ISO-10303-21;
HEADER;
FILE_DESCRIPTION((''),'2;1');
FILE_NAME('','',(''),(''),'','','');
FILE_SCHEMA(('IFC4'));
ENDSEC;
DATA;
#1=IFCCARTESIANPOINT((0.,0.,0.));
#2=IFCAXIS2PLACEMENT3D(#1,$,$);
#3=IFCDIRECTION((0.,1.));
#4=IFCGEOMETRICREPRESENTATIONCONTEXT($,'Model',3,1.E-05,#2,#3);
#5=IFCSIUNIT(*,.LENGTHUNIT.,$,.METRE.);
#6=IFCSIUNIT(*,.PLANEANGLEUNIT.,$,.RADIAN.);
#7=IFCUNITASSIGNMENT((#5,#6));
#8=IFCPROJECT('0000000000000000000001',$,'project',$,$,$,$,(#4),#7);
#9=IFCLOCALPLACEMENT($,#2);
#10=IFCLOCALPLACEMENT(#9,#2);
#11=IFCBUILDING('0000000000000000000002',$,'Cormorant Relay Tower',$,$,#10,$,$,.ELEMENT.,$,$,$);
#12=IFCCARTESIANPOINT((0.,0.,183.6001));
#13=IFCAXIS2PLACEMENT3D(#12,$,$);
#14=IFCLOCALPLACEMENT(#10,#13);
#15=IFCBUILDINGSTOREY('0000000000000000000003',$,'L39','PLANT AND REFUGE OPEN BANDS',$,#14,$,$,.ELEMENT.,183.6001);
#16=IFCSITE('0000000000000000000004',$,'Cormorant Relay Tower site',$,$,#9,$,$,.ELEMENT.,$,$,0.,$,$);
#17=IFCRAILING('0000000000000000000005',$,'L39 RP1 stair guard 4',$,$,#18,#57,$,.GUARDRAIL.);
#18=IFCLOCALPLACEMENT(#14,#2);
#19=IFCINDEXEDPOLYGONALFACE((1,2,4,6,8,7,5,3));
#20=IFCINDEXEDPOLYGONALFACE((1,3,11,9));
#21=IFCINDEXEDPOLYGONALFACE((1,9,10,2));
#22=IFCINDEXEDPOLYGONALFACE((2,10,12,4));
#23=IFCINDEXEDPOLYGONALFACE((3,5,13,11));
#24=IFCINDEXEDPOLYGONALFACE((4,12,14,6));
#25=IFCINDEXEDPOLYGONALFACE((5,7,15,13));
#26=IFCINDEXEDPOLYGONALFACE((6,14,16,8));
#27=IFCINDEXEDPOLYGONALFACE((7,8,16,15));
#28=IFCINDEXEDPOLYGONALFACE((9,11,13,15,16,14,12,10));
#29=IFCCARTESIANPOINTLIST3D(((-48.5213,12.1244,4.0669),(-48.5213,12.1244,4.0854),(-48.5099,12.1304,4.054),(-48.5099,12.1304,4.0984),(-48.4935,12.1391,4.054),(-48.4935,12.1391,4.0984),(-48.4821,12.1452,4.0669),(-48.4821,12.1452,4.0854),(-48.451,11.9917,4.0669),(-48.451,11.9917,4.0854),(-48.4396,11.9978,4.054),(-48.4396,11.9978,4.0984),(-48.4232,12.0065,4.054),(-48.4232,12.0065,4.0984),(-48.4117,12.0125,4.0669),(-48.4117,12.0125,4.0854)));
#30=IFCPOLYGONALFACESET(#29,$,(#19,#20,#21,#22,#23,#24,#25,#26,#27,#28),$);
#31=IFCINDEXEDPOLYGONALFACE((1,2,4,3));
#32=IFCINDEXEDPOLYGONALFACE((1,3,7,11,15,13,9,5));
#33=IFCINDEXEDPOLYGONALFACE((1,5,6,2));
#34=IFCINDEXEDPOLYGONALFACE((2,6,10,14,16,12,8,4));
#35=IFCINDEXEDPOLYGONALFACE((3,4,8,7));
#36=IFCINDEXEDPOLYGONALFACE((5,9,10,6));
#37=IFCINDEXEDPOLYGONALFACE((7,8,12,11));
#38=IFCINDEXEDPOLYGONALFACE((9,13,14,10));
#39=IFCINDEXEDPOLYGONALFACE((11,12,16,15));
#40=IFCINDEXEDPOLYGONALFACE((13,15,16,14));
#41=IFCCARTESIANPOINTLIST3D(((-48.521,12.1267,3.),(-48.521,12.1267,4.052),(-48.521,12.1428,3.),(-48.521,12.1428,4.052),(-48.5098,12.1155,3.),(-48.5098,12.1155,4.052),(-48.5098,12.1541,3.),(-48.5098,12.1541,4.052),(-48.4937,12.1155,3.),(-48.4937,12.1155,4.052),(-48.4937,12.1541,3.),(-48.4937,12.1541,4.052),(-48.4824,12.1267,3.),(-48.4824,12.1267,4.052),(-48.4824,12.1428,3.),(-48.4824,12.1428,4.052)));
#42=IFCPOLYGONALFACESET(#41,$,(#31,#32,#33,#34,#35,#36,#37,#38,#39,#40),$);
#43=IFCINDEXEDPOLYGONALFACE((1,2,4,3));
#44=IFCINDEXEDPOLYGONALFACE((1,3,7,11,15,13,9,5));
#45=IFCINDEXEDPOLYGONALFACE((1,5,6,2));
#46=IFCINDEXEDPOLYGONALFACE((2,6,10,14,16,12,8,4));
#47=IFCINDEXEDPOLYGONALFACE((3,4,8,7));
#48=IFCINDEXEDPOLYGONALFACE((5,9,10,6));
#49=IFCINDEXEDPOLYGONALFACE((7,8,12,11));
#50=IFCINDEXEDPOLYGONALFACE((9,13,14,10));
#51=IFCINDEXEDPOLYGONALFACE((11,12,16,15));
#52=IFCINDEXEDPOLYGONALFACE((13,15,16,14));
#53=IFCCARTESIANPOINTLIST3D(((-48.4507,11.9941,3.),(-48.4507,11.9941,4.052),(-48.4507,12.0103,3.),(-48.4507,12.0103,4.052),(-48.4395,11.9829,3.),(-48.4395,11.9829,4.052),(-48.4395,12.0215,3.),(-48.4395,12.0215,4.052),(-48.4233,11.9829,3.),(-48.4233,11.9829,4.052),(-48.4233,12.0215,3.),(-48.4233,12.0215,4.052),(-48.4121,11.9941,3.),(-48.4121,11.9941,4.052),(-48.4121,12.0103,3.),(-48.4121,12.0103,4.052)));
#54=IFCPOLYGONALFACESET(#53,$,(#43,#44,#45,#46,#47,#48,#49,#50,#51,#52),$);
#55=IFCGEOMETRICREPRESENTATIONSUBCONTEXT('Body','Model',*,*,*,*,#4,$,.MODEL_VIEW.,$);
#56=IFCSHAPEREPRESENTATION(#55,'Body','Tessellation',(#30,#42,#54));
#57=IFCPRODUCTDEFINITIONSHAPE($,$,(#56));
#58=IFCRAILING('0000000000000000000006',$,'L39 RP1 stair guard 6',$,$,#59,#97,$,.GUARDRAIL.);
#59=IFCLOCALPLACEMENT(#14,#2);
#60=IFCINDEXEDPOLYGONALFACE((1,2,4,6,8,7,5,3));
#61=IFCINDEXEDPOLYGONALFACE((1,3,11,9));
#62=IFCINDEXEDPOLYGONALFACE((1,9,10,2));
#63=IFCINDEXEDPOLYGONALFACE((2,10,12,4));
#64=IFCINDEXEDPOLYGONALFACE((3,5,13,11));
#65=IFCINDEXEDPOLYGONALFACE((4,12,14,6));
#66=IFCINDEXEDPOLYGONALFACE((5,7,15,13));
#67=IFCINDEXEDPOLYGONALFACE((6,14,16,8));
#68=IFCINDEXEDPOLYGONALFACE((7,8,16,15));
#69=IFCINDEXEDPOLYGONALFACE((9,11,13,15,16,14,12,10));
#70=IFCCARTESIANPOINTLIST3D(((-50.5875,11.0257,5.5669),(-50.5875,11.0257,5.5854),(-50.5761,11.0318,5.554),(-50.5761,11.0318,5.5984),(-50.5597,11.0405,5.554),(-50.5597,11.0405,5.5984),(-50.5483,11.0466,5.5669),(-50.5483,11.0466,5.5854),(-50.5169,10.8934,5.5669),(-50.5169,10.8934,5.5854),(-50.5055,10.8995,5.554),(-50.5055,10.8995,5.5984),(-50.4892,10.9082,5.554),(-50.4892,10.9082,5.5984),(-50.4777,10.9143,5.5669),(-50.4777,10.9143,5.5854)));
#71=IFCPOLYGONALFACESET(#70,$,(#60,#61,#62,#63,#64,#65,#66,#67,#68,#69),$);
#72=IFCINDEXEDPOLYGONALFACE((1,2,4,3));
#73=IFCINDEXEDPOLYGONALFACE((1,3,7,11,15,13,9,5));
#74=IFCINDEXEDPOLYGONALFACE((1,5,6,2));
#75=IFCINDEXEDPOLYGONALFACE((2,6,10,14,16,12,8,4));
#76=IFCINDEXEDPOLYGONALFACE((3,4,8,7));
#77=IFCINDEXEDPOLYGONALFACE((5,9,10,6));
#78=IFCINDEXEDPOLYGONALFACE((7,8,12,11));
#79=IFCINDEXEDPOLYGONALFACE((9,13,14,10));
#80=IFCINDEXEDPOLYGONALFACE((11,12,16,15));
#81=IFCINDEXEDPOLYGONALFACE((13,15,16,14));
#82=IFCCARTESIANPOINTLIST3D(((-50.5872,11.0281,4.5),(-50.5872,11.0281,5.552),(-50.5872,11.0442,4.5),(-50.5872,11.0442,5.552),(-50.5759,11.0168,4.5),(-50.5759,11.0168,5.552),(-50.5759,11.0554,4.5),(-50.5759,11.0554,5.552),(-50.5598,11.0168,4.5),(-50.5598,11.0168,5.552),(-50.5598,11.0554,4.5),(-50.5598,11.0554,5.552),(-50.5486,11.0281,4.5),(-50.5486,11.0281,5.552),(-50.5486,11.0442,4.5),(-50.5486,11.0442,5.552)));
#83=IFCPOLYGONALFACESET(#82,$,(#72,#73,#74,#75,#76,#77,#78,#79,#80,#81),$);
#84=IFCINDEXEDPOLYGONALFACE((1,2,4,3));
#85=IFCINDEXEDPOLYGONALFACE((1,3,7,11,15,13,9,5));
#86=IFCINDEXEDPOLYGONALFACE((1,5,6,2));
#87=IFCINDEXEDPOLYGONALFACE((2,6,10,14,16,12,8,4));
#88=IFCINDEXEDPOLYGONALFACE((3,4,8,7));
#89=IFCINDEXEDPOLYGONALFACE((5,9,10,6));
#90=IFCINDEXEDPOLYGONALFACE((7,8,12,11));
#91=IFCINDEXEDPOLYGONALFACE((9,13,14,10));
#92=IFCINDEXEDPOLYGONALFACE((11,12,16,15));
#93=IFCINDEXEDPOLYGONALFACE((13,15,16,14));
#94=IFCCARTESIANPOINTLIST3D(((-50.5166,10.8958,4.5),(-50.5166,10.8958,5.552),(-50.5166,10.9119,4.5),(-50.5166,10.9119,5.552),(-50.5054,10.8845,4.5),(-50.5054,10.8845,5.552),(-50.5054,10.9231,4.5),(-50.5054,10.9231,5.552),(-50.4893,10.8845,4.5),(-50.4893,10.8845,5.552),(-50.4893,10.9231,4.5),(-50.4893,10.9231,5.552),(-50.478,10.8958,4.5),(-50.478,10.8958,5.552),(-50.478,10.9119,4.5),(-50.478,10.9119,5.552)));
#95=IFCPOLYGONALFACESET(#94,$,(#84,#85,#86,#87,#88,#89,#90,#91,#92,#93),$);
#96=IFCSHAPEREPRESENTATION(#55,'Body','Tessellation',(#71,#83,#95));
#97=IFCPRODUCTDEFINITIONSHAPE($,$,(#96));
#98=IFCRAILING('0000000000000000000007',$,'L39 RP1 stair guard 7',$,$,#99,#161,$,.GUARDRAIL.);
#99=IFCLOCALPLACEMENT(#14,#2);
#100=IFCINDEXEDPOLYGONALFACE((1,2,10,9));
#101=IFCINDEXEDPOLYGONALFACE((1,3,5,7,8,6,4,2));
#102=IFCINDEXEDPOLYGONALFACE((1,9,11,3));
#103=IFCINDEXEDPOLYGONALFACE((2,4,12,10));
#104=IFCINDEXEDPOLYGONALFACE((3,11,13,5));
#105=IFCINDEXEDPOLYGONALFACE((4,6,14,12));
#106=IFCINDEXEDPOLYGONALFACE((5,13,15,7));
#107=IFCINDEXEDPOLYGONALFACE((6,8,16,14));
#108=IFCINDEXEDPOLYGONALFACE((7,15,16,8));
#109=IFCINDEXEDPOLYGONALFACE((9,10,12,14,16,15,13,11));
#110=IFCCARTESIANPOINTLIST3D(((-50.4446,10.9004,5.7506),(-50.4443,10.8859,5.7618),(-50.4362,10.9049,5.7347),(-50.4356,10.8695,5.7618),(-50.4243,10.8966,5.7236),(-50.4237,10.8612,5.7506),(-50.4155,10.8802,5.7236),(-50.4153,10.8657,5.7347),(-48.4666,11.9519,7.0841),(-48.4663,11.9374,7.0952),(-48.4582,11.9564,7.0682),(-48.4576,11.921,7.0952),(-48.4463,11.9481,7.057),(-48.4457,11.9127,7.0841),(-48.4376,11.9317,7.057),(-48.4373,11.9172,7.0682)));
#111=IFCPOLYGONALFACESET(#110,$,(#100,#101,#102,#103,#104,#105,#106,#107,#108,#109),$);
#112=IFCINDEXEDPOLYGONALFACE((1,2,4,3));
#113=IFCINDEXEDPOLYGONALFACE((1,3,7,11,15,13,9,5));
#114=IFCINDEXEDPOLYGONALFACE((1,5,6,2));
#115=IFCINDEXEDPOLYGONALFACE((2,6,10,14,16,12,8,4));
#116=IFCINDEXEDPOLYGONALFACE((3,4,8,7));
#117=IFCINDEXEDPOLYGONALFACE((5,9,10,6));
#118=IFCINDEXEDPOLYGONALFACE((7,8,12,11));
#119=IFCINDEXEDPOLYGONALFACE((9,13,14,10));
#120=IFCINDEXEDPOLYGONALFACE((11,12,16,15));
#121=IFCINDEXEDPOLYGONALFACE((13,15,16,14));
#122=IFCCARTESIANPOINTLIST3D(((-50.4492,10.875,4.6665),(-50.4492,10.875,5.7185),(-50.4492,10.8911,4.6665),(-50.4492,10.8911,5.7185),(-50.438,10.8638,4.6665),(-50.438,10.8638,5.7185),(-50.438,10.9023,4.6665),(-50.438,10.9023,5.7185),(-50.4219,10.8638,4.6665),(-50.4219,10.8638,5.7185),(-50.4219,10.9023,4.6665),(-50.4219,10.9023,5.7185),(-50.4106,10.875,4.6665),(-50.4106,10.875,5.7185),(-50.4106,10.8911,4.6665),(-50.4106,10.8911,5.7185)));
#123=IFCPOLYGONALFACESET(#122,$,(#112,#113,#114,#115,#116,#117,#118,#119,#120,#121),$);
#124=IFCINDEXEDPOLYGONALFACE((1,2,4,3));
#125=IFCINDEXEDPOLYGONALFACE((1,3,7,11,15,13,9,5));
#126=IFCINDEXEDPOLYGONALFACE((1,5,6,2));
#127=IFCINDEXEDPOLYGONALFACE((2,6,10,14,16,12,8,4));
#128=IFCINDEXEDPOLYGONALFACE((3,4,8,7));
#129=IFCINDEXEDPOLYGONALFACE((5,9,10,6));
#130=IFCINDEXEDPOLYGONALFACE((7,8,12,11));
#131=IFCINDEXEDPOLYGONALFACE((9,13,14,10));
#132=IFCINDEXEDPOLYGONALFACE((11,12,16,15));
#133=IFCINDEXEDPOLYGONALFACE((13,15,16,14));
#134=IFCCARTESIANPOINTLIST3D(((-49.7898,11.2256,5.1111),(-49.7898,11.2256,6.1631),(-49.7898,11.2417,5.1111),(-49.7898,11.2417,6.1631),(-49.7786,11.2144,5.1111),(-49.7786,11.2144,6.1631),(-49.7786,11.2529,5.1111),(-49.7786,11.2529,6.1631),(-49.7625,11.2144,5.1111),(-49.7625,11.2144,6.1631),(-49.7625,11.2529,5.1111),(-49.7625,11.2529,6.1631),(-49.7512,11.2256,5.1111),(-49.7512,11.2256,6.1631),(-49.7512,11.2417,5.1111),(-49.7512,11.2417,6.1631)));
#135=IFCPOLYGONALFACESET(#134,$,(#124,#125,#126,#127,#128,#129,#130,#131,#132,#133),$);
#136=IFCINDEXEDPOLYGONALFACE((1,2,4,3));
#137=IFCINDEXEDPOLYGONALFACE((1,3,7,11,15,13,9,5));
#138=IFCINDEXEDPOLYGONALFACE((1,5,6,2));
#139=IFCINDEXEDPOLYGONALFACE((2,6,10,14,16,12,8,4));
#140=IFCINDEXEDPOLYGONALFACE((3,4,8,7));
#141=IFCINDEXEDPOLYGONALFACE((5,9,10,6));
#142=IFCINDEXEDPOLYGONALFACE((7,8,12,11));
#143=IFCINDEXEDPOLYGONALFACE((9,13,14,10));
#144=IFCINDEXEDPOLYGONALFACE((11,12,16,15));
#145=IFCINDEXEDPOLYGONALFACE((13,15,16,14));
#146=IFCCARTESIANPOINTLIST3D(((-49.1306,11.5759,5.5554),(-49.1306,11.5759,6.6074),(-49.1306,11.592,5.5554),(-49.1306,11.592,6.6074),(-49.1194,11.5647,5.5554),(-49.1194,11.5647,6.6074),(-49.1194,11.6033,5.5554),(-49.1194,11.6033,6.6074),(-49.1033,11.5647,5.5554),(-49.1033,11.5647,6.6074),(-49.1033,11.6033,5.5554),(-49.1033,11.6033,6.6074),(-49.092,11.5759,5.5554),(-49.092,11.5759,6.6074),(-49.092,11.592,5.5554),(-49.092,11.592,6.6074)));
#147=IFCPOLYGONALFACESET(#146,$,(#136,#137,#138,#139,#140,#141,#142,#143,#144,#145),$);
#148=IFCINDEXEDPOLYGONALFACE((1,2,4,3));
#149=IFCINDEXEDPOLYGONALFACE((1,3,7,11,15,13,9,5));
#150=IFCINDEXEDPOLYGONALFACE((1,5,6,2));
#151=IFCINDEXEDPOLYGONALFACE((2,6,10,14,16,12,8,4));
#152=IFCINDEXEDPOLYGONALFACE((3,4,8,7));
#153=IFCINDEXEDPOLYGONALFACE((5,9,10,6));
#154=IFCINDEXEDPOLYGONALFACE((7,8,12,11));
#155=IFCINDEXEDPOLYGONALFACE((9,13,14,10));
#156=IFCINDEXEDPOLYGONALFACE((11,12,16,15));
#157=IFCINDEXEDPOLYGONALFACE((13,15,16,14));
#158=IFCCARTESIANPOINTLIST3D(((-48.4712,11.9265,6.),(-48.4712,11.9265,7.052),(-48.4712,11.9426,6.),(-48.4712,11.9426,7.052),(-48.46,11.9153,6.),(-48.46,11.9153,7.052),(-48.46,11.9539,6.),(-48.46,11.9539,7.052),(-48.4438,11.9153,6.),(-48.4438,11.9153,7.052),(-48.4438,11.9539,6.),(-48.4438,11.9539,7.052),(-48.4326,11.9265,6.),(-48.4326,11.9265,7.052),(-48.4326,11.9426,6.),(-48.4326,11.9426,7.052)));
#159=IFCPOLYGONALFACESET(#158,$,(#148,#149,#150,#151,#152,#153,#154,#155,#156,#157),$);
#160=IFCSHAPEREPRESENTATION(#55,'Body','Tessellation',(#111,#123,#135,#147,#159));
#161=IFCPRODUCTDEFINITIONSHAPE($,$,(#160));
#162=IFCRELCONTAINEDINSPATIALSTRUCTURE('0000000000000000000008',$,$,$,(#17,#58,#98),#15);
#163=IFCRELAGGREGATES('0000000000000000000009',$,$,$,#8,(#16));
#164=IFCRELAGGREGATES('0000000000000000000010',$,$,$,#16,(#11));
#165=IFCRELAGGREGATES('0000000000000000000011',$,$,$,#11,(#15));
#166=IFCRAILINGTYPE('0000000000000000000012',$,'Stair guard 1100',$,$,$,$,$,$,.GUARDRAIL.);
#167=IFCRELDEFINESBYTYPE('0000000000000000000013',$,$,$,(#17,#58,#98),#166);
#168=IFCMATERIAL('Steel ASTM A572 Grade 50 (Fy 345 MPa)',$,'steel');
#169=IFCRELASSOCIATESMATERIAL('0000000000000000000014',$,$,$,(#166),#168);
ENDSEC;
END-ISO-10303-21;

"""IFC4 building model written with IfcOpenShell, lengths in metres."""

from ifc_helpers import new_model, si_unit, direction, frame, origin, place, context, subcontext, project, spatial, polyline, outline, extrude, material, type_object, element, save


model = new_model("IFC4")

# Units and contexts
model_context = context("Model", 3, precision=1e-05, world=origin(), true_north=direction((0.0, 1.0)))
body_context = subcontext(model_context, "Body", "Model", "MODEL_VIEW")
ifc_project = project(units=[si_unit("LENGTHUNIT", "METRE"), si_unit("PLANEANGLEUNIT", "RADIAN")], contexts=[model_context])

# Site, building, storey
site_placement = place(None, origin())
site = spatial("IfcSite", under=ifc_project, at=site_placement, Name="Cormorant Relay Tower site", CompositionType="ELEMENT", RefElevation=0.0)
building_placement = place(site_placement, origin())
building = spatial("IfcBuilding", under=site, at=building_placement, Name="Cormorant Relay Tower", CompositionType="ELEMENT")
storey_placement = place(building_placement, frame((0.0, 0.0, 183.6001)))
storey = spatial("IfcBuildingStorey", under=building, at=storey_placement, Name="L39", Description="PLANT AND REFUGE OPEN BANDS", CompositionType="ELEMENT", Elevation=183.6001)

# Railings
ifc_material_1 = material(Name="Steel ASTM A572 Grade 50 (Fy 345 MPa)", Category="steel")
railing_type_1 = type_object("IfcRailingType", Name="Stair guard 1100", PredefinedType="GUARDRAIL", material=ifc_material_1)
railing_1_placement = place(storey_placement, frame((-48.5017, 12.1348, 3.0)))
element("IfcRailing", 1, at=railing_1_placement, inside=storey, type_object=railing_type_1, Name="L39 RP1 stair guard 4", PredefinedType="GUARDRAIL", context=body_context, shape_type="SweptSolid", body=[
    extrude(outline(polyline([(0.0222, 0.0093), (0.0093, 0.0222), (-0.0093, 0.0222), (-0.0222, 0.0093), (-0.0222, -0.0093), (-0.0093, -0.0222), (0.0093, -0.0222), (0.0222, -0.0093), (0.0222, 0.0093)])), frame((0.0, 0.0, 1.0762), z_axis=(0.46856, -0.883431, 0.0), x_axis=(0.883431, 0.46856, 0.0)), (0.0, 0.0, 1.0), 0.1501),
    extrude(outline(polyline([(0.0193, 0.0081), (0.0081, 0.0193), (-0.0081, 0.0193), (-0.0193, 0.0081), (-0.0193, -0.0081), (-0.0081, -0.0193), (0.0081, -0.0193), (0.0193, -0.0081), (0.0193, 0.0081)])), origin(), (0.0, 0.0, 1.0), 1.052),
    extrude(outline(polyline([(0.0193, 0.0081), (0.0081, 0.0193), (-0.0081, 0.0193), (-0.0193, 0.0081), (-0.0193, -0.0081), (-0.0081, -0.0193), (0.0081, -0.0193), (0.0193, -0.0081), (0.0193, 0.0081)])), frame((0.0703, -0.1326, 0.0)), (0.0, 0.0, 1.0), 1.052),
])
railing_2_placement = place(storey_placement, frame((-50.5679, 11.0361, 4.5)))
element("IfcRailing", 2, at=railing_2_placement, inside=storey, type_object=railing_type_1, Name="L39 RP1 stair guard 6", PredefinedType="GUARDRAIL", context=body_context, shape_type="SweptSolid", body=[
    extrude(outline(polyline([(0.0222, 0.0093), (0.0093, 0.0222), (-0.0093, 0.0222), (-0.0222, 0.0093), (-0.0222, -0.0093), (-0.0093, -0.0222), (0.0093, -0.0222), (0.0222, -0.0093), (0.0222, 0.0093)])), frame((0.0, 0.0, 1.0762), z_axis=(0.470504, -0.882398, 0.0), x_axis=(0.882398, 0.470504, 0.0)), (0.0, 0.0, 1.0), 0.1499),
    extrude(outline(polyline([(0.0193, 0.0081), (0.0081, 0.0193), (-0.0081, 0.0193), (-0.0193, 0.0081), (-0.0193, -0.0081), (-0.0081, -0.0193), (0.0081, -0.0193), (0.0193, -0.0081), (0.0193, 0.0081)])), origin(), (0.0, 0.0, 1.0), 1.052),
    extrude(outline(polyline([(0.0193, 0.0081), (0.0081, 0.0193), (-0.0081, 0.0193), (-0.0193, 0.0081), (-0.0193, -0.0081), (-0.0081, -0.0193), (0.0081, -0.0193), (0.0193, -0.0081), (0.0193, 0.0081)])), frame((0.0706, -0.1323, 0.0)), (0.0, 0.0, 1.0), 1.052),
])
railing_3_placement = place(storey_placement, frame((-50.4299, 10.8831, 4.6665)))
element("IfcRailing", 3, at=railing_3_placement, inside=storey, type_object=railing_type_1, Name="L39 RP1 stair guard 7", PredefinedType="GUARDRAIL", context=body_context, shape_type="SweptSolid", body=[
    extrude(outline(polyline([(0.0222, 0.0093), (0.0093, 0.0222), (-0.0093, 0.0222), (-0.0222, 0.0093), (-0.0222, -0.0093), (-0.0093, -0.0222), (0.0093, -0.0222), (0.0222, -0.0093), (0.0222, 0.0093)])), frame((0.0, 0.0, 1.0762), z_axis=(0.758735, 0.403341, 0.511505), x_axis=(-0.469394, 0.882989, 0.0)), (0.0, 0.0, 1.0), 2.6069),
    extrude(outline(polyline([(0.0193, 0.0081), (0.0081, 0.0193), (-0.0081, 0.0193), (-0.0193, 0.0081), (-0.0193, -0.0081), (-0.0081, -0.0193), (0.0081, -0.0193), (0.0193, -0.0081), (0.0193, 0.0081)])), origin(), (0.0, 0.0, 1.0), 1.052),
    extrude(outline(polyline([(0.0193, 0.0081), (0.0081, 0.0193), (-0.0081, 0.0193), (-0.0193, 0.0081), (-0.0193, -0.0081), (-0.0081, -0.0193), (0.0081, -0.0193), (0.0193, -0.0081), (0.0193, 0.0081)])), frame((0.6594, 0.3506, 0.4446)), (0.0, 0.0, 1.0), 1.052),
    extrude(outline(polyline([(0.0193, 0.0081), (0.0081, 0.0193), (-0.0081, 0.0193), (-0.0193, 0.0081), (-0.0193, -0.0081), (-0.0081, -0.0193), (0.0081, -0.0193), (0.0193, -0.0081), (0.0193, 0.0081)])), frame((1.3186, 0.7009, 0.8889)), (0.0, 0.0, 1.0), 1.052),
    extrude(outline(polyline([(0.0193, 0.0081), (0.0081, 0.0193), (-0.0081, 0.0193), (-0.0193, 0.0081), (-0.0193, -0.0081), (-0.0081, -0.0193), (0.0081, -0.0193), (0.0193, -0.0081), (0.0193, 0.0081)])), frame((1.978, 1.0515, 1.3335)), (0.0, 0.0, 1.0), 1.052),
])

save(model, "model.ifc")
